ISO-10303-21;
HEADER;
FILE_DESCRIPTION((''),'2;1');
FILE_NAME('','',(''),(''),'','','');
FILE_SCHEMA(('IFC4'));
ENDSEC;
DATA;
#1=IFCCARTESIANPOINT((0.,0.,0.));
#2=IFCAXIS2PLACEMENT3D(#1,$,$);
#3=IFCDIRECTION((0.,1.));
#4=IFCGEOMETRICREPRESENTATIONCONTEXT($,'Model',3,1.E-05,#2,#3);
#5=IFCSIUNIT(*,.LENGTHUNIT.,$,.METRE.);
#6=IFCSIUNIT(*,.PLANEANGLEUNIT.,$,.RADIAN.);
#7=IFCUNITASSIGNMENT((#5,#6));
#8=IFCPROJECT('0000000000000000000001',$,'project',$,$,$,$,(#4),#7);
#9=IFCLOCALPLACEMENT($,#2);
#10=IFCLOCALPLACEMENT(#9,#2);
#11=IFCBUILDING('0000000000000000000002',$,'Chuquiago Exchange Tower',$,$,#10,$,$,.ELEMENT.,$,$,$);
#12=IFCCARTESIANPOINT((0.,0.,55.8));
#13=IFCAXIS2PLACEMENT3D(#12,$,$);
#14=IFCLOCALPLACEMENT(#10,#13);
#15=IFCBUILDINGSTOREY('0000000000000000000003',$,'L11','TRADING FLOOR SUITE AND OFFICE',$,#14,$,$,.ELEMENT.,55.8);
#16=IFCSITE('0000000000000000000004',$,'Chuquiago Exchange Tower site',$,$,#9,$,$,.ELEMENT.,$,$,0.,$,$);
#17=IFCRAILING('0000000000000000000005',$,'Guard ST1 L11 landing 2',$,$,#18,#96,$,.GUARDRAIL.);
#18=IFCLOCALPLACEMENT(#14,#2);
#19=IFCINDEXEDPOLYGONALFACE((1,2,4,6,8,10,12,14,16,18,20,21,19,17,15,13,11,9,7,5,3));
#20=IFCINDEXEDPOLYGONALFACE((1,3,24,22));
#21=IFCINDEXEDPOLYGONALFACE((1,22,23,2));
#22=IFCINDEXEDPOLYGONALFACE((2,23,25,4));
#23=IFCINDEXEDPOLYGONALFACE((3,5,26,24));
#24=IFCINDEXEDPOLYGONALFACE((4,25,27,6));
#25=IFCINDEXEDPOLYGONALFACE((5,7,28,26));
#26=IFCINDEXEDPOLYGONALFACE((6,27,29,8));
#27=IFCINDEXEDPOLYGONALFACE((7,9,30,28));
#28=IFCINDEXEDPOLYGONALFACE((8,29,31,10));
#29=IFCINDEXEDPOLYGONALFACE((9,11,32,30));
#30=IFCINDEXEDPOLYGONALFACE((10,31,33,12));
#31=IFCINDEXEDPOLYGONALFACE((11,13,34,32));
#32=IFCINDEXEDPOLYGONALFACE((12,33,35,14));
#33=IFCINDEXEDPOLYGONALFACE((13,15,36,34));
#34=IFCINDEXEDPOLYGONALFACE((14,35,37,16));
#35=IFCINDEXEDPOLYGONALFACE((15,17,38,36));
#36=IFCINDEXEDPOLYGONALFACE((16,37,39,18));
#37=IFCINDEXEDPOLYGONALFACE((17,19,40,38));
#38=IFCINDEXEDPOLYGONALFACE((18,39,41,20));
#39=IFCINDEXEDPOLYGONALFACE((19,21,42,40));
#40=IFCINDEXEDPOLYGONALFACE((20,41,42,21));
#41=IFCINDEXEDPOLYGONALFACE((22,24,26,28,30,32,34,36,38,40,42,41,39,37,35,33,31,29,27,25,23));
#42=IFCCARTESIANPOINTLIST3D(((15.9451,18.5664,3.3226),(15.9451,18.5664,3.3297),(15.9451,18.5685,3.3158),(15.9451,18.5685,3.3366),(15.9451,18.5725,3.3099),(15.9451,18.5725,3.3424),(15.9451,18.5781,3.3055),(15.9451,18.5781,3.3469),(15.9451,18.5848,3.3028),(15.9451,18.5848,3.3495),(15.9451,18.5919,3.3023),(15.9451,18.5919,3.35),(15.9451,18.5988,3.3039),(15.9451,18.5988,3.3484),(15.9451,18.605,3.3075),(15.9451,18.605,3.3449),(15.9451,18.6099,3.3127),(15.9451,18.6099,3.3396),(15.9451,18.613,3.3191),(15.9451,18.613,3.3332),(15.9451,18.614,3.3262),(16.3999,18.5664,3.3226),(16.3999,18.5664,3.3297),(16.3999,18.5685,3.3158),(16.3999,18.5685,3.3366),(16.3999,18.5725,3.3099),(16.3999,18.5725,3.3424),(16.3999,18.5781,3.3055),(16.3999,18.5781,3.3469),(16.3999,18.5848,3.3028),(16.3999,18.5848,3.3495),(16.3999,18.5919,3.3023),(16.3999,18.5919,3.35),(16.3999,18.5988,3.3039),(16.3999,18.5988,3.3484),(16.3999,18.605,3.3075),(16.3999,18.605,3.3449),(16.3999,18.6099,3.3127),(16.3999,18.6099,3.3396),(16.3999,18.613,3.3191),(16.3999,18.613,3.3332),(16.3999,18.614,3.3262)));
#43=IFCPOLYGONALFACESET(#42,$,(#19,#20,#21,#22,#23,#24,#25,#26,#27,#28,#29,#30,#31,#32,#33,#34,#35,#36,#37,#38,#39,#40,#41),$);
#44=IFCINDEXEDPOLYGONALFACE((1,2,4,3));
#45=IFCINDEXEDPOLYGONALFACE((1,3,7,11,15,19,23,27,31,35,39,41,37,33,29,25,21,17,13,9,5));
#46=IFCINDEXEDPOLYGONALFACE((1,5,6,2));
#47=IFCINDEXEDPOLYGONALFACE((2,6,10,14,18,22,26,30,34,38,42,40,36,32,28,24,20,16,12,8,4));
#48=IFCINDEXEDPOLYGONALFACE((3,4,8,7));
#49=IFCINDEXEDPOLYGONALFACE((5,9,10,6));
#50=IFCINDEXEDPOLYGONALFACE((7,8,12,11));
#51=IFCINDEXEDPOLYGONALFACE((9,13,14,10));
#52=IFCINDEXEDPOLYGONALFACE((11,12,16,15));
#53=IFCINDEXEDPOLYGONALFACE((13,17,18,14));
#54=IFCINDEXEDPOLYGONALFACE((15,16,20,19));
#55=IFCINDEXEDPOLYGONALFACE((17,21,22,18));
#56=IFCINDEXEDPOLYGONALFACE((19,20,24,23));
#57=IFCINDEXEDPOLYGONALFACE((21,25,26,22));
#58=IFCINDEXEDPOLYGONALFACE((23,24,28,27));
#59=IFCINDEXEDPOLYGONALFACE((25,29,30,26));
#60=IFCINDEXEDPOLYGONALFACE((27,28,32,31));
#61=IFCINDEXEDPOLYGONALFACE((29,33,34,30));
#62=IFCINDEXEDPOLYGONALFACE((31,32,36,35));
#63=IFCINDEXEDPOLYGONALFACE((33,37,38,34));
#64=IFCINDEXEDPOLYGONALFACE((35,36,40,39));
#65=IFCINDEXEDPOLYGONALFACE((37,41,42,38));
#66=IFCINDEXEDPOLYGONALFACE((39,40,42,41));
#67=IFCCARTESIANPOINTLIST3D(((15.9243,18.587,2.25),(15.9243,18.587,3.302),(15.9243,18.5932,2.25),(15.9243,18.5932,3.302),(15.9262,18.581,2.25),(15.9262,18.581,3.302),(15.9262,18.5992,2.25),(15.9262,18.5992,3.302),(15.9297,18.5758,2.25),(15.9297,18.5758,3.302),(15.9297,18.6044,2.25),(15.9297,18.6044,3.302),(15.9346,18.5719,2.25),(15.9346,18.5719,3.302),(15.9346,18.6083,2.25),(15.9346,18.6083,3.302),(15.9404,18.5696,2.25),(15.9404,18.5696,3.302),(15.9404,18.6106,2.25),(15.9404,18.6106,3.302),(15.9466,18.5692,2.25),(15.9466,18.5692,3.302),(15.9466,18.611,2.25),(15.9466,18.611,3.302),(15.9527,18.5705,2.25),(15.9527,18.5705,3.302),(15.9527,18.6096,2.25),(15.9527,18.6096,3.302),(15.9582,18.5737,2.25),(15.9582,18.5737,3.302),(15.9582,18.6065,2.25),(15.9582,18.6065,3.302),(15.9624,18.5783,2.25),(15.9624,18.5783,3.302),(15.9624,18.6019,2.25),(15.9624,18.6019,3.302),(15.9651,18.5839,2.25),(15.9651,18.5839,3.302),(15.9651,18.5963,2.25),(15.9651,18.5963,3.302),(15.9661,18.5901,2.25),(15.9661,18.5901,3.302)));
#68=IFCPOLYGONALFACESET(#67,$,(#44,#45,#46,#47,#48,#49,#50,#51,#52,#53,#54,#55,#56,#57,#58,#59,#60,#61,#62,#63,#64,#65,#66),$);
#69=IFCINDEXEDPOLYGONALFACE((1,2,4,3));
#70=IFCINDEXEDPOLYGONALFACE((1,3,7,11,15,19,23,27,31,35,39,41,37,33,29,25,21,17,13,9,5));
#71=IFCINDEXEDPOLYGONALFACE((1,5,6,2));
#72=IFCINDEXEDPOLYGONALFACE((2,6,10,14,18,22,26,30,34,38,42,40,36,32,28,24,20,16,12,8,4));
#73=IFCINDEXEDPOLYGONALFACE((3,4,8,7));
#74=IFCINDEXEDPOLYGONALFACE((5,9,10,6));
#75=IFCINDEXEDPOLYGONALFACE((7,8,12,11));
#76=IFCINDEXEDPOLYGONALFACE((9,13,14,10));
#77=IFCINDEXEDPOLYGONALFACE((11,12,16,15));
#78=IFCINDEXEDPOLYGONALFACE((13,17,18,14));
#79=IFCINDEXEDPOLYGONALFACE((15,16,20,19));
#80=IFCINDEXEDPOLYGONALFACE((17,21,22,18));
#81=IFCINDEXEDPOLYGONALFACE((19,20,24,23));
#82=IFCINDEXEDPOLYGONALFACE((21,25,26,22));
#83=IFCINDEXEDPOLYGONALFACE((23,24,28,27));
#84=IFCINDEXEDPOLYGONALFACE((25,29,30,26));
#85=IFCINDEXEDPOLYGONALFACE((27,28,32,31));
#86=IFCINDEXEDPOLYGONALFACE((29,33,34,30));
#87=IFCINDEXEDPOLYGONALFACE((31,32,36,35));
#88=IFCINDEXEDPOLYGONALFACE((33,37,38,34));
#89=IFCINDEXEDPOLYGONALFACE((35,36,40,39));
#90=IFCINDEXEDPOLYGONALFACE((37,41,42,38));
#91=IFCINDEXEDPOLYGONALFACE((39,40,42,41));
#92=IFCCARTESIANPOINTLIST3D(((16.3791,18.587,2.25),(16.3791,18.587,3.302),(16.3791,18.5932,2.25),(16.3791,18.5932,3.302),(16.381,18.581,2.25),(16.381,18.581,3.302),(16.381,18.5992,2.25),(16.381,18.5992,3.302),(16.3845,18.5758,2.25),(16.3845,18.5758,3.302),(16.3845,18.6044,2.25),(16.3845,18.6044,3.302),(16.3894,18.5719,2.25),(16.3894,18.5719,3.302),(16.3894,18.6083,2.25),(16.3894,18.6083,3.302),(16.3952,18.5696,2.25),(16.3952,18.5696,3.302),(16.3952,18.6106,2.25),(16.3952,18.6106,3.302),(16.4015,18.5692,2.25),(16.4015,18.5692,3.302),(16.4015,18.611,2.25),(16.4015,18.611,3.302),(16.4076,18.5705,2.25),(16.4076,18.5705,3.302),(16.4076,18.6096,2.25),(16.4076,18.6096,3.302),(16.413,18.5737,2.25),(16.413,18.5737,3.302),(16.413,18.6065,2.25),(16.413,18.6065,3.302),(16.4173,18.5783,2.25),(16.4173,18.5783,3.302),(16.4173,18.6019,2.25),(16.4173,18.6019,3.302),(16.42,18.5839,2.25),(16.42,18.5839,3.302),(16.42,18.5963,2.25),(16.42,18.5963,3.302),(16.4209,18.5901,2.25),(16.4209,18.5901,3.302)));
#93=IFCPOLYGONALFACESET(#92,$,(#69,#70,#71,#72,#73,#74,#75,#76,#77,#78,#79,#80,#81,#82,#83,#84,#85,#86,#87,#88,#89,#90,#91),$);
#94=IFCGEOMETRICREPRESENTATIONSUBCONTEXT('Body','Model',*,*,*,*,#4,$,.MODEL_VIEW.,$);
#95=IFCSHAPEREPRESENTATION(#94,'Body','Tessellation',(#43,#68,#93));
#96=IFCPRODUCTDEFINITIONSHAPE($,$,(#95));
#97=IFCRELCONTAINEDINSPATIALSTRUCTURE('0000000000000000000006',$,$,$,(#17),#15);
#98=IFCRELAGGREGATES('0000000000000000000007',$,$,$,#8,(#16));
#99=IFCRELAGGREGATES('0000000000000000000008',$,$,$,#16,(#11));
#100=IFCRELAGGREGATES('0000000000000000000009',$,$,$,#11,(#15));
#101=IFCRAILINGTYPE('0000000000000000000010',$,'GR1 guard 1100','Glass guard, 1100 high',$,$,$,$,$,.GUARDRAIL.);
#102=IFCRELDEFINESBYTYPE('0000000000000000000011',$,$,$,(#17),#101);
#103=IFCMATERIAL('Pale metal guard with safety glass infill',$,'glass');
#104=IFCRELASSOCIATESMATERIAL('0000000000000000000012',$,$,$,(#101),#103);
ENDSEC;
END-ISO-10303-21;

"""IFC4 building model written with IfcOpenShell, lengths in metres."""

from ifc_helpers import new_model, si_unit, direction, frame, origin, origin_2d, place, context, subcontext, project, spatial, circle, extrude, material, type_object, element, save


model = new_model("IFC4")

# Units and contexts
model_context = context("Model", 3, precision=1e-05, world=origin(), true_north=direction((0.0, 1.0)))
body_context = subcontext(model_context, "Body", "Model", "MODEL_VIEW")
ifc_project = project(units=[si_unit("LENGTHUNIT", "METRE"), si_unit("PLANEANGLEUNIT", "RADIAN")], contexts=[model_context])

# Site, building, storey
site_placement = place(None, origin())
site = spatial("IfcSite", under=ifc_project, at=site_placement, Name="Chuquiago Exchange Tower site", CompositionType="ELEMENT", RefElevation=0.0)
building_placement = place(site_placement, origin())
building = spatial("IfcBuilding", under=site, at=building_placement, Name="Chuquiago Exchange Tower", CompositionType="ELEMENT")
storey_placement = place(building_placement, frame((0.0, 0.0, 55.8)))
storey = spatial("IfcBuildingStorey", under=building, at=storey_placement, Name="L11", Description="TRADING FLOOR SUITE AND OFFICE", CompositionType="ELEMENT", Elevation=55.8)

# Railing
ifc_material_1 = material(Name="Pale metal guard with safety glass infill", Category="glass")
railing_type_1 = type_object("IfcRailingType", Name="GR1 guard 1100", Description="Glass guard, 1100 high", PredefinedType="GUARDRAIL", material=ifc_material_1)
for number, where, name in (
    (1, (15.9451, 18.5901, 2.25), "Guard ST1 L11 landing 2"),
):
    element("IfcRailing", number, at=place(storey_placement, frame(where)), inside=storey, type_object=railing_type_1, Name=name, PredefinedType="GUARDRAIL", context=body_context, shape_type="SweptSolid", body=[
        extrude(circle(Radius=0.0239, at=origin_2d()), frame((0.0, 0.0, 1.0762), z_axis=(1.0, 0.0, 0.0), x_axis=(0.0, 1.0, 0.0)), (0.0, 0.0, 1.0), 0.4548),
        extrude(circle(Radius=0.021, at=origin_2d()), origin(), (0.0, 0.0, 1.0), 1.052),
        extrude(circle(Radius=0.021, at=origin_2d()), frame((0.4548, 0.0, 0.0)), (0.0, 0.0, 1.0), 1.052),
    ])

save(model, "model.ifc")
